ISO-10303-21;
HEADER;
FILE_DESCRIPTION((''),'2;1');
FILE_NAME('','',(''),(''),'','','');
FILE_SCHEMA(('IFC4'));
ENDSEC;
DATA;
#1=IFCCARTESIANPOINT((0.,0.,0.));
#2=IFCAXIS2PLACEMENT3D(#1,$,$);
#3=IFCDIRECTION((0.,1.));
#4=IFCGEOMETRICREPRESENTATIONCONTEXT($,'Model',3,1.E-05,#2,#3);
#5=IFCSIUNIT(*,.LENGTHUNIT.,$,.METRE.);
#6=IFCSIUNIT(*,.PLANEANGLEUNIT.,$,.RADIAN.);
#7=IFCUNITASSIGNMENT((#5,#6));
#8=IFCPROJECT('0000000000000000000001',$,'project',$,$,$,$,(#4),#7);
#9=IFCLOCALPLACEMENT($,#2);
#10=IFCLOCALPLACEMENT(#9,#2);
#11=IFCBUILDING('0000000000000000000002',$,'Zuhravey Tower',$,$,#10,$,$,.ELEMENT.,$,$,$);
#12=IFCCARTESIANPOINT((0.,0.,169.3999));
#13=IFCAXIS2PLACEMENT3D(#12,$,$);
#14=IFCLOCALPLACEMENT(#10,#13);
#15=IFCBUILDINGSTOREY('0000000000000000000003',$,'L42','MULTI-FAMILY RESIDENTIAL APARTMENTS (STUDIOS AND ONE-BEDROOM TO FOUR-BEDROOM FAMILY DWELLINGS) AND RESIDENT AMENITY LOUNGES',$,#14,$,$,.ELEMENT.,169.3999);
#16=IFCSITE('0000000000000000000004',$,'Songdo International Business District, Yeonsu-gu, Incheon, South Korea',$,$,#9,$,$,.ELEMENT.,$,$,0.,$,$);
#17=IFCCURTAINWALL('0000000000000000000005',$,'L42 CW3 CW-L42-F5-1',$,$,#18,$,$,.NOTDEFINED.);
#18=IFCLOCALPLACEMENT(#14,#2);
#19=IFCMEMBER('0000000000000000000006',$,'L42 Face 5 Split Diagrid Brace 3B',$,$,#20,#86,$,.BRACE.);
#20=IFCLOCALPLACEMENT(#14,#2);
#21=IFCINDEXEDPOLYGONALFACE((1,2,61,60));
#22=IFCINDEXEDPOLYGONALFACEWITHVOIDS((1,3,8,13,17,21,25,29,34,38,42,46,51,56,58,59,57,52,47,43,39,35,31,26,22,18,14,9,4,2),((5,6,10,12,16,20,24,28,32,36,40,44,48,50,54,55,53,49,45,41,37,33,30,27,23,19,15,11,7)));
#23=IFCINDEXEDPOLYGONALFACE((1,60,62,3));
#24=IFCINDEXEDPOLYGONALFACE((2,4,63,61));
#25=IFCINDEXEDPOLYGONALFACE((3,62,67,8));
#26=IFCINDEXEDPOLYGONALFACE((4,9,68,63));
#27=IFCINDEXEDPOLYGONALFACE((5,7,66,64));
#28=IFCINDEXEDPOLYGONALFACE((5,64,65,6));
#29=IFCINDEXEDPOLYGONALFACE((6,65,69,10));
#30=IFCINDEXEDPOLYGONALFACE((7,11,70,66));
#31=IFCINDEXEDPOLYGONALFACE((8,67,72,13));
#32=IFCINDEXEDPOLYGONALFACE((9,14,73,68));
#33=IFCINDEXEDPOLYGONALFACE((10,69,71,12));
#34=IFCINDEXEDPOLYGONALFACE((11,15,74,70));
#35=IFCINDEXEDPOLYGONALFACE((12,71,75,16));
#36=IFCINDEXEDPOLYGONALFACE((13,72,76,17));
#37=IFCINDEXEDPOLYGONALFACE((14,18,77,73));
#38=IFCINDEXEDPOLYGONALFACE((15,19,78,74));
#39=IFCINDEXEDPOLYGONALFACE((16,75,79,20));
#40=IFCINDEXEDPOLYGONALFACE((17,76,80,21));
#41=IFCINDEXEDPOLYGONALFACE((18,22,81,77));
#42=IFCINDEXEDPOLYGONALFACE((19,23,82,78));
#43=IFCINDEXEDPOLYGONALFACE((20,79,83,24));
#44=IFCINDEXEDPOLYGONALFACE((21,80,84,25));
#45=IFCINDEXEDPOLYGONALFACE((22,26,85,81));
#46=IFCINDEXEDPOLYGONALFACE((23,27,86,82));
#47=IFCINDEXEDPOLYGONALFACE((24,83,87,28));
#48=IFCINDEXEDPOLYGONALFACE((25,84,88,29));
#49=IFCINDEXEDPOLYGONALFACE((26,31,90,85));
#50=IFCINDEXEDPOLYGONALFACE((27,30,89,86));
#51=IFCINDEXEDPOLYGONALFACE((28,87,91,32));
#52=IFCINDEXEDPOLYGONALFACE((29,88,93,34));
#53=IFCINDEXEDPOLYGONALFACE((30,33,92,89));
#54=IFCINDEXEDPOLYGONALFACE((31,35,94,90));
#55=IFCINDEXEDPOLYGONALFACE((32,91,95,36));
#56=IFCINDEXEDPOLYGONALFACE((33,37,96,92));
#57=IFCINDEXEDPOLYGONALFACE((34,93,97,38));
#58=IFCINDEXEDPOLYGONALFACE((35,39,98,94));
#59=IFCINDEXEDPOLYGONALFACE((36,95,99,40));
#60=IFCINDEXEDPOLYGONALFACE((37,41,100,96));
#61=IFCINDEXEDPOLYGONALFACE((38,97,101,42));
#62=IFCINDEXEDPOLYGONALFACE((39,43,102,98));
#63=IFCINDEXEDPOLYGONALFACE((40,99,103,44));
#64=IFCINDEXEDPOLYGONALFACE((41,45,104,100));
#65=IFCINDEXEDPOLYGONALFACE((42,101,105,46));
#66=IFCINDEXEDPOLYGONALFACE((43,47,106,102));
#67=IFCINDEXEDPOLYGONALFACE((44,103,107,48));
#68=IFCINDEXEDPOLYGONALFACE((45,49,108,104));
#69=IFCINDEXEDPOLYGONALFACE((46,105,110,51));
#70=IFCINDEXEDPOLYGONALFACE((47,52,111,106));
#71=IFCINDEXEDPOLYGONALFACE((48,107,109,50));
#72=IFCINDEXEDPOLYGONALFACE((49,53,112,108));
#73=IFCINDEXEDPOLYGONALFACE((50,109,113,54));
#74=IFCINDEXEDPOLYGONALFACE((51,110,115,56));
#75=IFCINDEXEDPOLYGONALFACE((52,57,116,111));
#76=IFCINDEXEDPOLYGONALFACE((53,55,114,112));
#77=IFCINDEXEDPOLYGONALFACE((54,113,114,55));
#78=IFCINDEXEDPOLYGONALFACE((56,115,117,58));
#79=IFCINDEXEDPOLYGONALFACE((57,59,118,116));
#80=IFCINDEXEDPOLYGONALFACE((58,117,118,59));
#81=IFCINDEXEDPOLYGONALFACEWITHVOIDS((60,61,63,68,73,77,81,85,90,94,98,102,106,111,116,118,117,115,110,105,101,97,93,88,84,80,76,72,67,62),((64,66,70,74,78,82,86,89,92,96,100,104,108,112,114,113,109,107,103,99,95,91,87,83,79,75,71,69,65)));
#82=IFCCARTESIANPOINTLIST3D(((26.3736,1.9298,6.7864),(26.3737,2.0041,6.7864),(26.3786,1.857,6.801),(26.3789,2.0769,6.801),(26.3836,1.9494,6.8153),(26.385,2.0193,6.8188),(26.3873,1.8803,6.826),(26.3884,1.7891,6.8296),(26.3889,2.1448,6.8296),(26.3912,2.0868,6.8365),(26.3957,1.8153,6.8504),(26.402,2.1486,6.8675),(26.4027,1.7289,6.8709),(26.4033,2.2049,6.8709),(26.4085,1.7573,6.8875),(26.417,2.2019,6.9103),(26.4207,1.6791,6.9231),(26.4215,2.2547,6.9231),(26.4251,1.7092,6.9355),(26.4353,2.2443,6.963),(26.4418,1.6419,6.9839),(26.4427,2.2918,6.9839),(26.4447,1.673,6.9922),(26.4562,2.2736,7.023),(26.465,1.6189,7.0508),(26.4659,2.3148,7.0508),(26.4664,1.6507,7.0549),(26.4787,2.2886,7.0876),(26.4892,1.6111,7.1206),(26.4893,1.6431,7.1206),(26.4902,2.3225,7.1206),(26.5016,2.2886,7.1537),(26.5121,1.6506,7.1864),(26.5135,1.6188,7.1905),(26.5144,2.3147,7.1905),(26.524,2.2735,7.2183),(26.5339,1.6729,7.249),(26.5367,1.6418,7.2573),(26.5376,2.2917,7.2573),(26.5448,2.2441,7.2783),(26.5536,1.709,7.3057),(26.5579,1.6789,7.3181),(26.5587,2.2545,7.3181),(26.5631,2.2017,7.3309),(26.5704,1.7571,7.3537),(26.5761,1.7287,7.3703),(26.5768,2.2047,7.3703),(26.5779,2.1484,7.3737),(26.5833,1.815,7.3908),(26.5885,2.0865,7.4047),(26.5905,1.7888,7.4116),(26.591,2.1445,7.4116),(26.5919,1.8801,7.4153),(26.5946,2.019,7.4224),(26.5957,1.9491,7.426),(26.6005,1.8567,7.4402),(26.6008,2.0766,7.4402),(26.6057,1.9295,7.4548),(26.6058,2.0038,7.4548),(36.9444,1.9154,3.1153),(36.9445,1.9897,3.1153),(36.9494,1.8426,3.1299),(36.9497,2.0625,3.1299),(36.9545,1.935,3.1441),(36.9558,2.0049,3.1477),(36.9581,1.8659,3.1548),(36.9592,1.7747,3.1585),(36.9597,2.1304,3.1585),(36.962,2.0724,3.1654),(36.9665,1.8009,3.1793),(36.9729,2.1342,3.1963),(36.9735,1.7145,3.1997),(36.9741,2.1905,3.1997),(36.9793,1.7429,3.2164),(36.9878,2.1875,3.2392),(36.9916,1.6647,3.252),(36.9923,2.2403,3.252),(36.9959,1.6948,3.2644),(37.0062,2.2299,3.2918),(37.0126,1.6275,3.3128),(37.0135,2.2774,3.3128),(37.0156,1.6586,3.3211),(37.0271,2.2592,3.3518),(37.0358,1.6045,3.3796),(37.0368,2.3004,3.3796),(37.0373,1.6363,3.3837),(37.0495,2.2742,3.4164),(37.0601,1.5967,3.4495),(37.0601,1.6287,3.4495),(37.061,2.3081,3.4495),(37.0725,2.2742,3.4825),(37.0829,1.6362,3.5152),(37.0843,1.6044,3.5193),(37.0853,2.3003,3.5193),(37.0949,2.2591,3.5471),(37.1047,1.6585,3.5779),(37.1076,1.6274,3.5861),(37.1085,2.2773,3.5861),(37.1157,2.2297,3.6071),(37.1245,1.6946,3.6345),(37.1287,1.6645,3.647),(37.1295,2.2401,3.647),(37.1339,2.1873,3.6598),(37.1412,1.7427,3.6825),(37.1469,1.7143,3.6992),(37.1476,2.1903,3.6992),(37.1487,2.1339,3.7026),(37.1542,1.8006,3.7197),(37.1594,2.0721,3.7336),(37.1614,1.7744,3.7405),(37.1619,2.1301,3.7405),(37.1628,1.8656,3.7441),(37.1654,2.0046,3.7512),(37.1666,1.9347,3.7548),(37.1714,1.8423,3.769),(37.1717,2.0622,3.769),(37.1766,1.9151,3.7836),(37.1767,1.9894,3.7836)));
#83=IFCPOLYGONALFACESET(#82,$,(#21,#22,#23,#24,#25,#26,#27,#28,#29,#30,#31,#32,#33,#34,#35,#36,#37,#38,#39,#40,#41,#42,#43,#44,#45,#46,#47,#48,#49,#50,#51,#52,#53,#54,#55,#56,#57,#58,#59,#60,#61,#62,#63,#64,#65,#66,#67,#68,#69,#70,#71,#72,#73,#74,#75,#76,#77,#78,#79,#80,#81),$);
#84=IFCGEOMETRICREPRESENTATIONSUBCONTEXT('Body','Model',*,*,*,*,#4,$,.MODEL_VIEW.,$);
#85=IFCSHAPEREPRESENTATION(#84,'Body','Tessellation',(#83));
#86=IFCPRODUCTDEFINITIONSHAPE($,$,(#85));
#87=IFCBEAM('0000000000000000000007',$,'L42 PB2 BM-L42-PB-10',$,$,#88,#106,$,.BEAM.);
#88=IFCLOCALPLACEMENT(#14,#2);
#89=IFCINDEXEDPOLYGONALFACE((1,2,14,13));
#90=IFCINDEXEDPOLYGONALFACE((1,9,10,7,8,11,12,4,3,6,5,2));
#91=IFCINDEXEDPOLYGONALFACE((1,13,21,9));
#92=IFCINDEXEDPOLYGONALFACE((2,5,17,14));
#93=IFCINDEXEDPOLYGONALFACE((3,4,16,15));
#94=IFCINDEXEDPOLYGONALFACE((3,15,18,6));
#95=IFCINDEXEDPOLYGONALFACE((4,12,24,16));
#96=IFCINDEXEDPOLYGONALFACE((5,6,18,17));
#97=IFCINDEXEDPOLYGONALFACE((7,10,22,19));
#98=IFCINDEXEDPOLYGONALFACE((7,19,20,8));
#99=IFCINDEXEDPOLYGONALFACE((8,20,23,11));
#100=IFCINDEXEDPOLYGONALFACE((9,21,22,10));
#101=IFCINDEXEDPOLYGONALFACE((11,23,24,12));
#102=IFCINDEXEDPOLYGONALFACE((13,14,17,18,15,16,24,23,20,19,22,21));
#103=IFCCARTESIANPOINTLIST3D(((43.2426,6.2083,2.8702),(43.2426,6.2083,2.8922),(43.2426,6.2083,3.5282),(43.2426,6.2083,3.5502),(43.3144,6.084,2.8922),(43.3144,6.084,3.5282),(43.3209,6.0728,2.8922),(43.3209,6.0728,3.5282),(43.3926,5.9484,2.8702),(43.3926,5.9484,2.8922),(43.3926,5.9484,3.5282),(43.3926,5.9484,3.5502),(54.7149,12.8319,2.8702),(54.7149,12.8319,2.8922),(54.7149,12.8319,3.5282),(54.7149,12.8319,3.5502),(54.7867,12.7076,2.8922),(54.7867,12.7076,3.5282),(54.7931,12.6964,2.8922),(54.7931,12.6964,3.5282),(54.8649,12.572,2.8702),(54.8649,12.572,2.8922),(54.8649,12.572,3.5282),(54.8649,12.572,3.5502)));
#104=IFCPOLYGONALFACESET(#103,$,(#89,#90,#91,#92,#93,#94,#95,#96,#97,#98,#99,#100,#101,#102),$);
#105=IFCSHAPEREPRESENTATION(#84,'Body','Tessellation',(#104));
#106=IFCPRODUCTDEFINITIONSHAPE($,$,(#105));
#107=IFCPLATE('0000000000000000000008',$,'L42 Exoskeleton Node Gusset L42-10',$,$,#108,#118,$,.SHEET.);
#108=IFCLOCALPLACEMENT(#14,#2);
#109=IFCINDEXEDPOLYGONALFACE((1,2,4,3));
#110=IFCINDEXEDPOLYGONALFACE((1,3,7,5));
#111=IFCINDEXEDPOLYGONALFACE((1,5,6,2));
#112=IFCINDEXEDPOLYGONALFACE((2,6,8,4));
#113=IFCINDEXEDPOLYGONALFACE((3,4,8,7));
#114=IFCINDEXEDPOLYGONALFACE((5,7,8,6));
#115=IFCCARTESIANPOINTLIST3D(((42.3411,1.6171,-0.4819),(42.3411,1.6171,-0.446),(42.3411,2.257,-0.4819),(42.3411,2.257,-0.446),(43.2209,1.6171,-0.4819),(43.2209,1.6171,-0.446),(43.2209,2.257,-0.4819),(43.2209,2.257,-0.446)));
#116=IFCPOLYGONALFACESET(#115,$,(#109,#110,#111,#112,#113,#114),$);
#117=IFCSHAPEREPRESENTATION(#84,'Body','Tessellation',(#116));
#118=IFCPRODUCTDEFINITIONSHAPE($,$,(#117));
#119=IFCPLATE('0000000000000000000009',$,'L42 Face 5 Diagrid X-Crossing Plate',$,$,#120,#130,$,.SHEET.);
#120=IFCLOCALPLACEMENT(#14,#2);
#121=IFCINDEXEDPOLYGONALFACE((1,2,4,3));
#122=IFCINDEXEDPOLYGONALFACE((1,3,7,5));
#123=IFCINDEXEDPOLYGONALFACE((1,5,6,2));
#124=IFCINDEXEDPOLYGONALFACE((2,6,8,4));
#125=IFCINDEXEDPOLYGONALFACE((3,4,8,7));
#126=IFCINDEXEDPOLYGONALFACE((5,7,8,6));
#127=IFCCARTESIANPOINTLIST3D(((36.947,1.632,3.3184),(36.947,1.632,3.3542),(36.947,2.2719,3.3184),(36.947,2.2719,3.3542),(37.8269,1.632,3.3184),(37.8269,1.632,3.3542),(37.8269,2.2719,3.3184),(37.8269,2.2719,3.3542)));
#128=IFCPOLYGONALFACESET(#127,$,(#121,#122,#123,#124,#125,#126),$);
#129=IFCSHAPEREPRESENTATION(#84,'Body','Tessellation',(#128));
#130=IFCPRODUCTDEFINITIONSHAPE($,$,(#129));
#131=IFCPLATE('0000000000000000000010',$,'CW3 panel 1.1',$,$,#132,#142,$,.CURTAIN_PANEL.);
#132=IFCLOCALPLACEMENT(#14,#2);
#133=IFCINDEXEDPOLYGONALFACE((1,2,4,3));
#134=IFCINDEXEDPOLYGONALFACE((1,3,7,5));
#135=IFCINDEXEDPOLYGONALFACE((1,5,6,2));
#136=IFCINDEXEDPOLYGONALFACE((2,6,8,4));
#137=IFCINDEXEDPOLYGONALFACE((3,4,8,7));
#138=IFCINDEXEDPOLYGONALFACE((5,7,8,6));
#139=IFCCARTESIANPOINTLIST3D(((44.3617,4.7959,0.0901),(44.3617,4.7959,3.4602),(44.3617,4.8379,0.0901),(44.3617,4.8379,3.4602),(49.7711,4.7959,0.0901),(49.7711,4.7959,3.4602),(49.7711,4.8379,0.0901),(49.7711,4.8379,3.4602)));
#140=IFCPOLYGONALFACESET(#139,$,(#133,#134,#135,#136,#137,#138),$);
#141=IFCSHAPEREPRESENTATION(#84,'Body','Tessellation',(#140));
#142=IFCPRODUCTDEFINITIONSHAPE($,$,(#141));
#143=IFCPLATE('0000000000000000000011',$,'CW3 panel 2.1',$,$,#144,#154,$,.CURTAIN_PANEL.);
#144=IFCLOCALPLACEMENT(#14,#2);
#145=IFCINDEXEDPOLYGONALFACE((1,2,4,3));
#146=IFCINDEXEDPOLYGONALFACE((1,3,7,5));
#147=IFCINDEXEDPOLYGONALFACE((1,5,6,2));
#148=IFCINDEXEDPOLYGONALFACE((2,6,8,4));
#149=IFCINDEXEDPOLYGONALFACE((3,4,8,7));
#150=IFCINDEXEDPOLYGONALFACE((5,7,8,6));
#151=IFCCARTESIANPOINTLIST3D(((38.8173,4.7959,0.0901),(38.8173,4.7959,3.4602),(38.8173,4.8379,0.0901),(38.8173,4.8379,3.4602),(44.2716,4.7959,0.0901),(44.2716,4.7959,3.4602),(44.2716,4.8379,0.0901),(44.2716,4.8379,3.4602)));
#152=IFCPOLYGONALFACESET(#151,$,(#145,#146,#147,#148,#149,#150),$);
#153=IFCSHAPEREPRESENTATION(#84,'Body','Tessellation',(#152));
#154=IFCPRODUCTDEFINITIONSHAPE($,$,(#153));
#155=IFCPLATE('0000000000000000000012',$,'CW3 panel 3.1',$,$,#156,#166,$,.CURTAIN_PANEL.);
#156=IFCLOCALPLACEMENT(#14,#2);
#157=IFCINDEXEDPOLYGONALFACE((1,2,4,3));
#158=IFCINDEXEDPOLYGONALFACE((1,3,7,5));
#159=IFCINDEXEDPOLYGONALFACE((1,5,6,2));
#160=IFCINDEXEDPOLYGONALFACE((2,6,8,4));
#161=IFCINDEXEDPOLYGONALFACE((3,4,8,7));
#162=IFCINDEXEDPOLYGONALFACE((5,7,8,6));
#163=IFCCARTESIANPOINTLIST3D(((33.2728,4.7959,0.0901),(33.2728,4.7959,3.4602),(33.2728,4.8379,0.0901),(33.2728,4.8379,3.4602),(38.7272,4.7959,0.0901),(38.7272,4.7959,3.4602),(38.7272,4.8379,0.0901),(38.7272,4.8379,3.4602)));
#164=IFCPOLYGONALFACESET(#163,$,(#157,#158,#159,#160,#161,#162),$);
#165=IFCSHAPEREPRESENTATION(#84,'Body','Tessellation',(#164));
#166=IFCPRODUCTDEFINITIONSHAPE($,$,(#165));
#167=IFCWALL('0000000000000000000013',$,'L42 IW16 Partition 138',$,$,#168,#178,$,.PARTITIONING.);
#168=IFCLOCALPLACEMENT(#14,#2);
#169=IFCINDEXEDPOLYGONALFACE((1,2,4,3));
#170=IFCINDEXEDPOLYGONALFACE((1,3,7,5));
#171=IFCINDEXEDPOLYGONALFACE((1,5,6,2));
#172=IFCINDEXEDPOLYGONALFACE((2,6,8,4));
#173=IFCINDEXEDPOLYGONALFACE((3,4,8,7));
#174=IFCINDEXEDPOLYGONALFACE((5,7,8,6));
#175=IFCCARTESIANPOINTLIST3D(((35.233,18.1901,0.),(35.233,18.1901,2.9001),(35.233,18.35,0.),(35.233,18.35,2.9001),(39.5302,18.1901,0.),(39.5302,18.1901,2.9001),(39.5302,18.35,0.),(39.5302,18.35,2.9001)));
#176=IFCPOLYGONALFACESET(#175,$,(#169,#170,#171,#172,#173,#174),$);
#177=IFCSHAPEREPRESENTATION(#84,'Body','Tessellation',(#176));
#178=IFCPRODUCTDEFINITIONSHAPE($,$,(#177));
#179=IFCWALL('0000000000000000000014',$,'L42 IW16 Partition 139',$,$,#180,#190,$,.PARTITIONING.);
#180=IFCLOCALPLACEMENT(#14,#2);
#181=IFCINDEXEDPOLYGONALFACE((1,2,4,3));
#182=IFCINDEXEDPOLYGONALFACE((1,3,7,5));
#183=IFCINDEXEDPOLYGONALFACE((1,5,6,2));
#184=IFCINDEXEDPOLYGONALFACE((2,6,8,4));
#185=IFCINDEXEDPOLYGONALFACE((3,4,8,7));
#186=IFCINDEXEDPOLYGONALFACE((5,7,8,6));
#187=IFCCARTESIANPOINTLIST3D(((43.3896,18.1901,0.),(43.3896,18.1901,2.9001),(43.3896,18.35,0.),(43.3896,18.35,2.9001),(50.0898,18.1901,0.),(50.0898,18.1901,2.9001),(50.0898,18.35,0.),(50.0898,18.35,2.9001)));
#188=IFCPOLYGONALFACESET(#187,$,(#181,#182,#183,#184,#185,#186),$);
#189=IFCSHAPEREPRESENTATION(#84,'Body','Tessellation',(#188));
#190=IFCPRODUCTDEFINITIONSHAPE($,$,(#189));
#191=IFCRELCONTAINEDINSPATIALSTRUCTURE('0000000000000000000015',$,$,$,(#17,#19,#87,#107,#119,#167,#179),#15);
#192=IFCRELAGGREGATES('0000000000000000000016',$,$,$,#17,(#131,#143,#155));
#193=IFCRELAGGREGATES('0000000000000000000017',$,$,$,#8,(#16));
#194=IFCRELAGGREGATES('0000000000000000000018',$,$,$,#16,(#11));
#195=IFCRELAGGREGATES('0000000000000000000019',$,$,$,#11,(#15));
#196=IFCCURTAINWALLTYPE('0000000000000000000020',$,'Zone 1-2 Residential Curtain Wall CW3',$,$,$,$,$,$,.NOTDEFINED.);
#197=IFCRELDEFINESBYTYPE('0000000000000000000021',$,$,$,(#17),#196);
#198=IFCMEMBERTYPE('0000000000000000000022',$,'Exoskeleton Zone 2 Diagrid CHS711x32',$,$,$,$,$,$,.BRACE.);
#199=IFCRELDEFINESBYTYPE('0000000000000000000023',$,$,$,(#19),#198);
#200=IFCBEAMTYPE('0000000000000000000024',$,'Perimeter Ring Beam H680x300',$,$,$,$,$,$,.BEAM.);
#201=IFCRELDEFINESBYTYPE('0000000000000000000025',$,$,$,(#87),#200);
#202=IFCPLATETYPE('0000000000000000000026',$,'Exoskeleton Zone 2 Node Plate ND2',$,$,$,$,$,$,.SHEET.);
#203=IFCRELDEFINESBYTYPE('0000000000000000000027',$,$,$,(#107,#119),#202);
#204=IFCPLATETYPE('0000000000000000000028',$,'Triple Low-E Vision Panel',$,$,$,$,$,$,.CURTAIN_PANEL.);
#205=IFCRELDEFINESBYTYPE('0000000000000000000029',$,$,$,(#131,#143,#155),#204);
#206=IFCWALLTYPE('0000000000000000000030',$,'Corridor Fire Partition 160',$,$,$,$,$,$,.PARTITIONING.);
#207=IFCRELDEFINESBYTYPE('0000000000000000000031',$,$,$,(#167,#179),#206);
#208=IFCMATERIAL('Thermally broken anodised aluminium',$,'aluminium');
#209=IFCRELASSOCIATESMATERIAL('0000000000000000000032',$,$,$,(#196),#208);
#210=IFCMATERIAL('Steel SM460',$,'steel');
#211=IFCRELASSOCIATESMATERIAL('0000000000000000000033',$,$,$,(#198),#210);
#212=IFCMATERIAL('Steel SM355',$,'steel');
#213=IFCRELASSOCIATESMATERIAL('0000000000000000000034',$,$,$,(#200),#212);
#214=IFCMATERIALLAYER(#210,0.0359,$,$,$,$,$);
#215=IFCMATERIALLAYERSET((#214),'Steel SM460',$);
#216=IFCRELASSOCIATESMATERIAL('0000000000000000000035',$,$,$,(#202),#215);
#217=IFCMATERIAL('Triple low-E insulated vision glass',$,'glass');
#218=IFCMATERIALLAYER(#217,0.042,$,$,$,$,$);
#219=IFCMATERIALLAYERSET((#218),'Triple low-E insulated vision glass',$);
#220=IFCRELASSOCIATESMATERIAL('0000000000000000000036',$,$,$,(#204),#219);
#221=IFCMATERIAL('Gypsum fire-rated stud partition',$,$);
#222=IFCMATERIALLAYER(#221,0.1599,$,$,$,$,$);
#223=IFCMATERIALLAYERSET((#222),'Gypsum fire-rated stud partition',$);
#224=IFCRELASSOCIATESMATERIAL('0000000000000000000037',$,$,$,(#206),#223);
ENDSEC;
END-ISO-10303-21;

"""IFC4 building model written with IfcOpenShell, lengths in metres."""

from ifc_helpers import new_model, si_unit, direction, frame, frame_2d, origin, origin_2d, place, context, subcontext, project, spatial, rectangle, hollow_circle, i_section, extrude, material, layer, layer_set, material_profile, profile_set, type_object, element, aggregate, save


model = new_model("IFC4")

# Units and contexts
model_context = context("Model", 3, precision=1e-05, world=origin(), true_north=direction((0.0, 1.0)))
body_context = subcontext(model_context, "Body", "Model", "MODEL_VIEW")
ifc_project = project(units=[si_unit("LENGTHUNIT", "METRE"), si_unit("PLANEANGLEUNIT", "RADIAN")], contexts=[model_context])

# Site, building, storey
site_placement = place(None, origin())
site = spatial("IfcSite", under=ifc_project, at=site_placement, Name="Songdo International Business District, Yeonsu-gu, Incheon, South Korea", CompositionType="ELEMENT", RefElevation=0.0)
building_placement = place(site_placement, origin())
building = spatial("IfcBuilding", under=site, at=building_placement, Name="Zuhravey Tower", CompositionType="ELEMENT")
storey_placement = place(building_placement, frame((0.0, 0.0, 169.3999)))
storey = spatial("IfcBuildingStorey", under=building, at=storey_placement, Name="L42", Description="MULTI-FAMILY RESIDENTIAL APARTMENTS (STUDIOS AND ONE-BEDROOM TO FOUR-BEDROOM FAMILY DWELLINGS) AND RESIDENT AMENITY LOUNGES", CompositionType="ELEMENT", Elevation=169.3999)

# Curtain wall
ifc_material_1 = material(Name="Thermally broken anodised aluminium", Category="aluminium")
curtain_wall_type = type_object("IfcCurtainWallType", Name="Zone 1-2 Residential Curtain Wall CW3", PredefinedType="NOTDEFINED", material=ifc_material_1)
curtain_wall_placement = place(storey_placement, origin())
curtain_wall = element("IfcCurtainWall", 1, at=curtain_wall_placement, inside=storey, type_object=curtain_wall_type, Name="L42 CW3 CW-L42-F5-1", PredefinedType="NOTDEFINED")

# Member
ifc_material_2 = material(Name="Steel SM460", Category="steel")
ifc_material_profile_1 = material_profile(ifc_material_2, hollow_circle(Radius=0.3557, WallThickness=0.032, at=origin_2d()), Name="CHS-711.2x32")
ifc_profile_set_1 = profile_set([ifc_material_profile_1], Name="Steel SM460")
member_type_1 = type_object("IfcMemberType", Name="Exoskeleton Zone 2 Diagrid CHS711x32", PredefinedType="BRACE", material=ifc_profile_set_1)
member_1_placement = place(storey_placement, frame((37.0605, 1.9524, 3.4495), z_axis=(-0.944653, 0.001287, 0.328069), x_axis=(-0.001363, -0.999999, 0.0)))
element("IfcMember", 2, at=member_1_placement, inside=storey, type_object=member_type_1, Name="L42 Face 5 Split Diagrid Brace 3B", PredefinedType="BRACE", context=body_context, shape_type="SweptSolid", body=[
    extrude(hollow_circle(Radius=0.3557, WallThickness=0.032, at=origin_2d()), origin(), (0.0, 0.0, 1.0), 11.1902),
])

# Beam
ifc_material_3 = material(Name="Steel SM355", Category="steel")
ifc_material_profile_2 = material_profile(ifc_material_3, i_section(OverallWidth=0.3, OverallDepth=0.6799, WebThickness=0.0129, FlangeThickness=0.022, at=origin_2d()), Name="H-680x300x13x22")
ifc_profile_set_2 = profile_set([ifc_material_profile_2], Name="Steel SM355")
beam_type = type_object("IfcBeamType", Name="Perimeter Ring Beam H680x300", PredefinedType="BEAM", material=ifc_profile_set_2)
beam_placement = place(storey_placement, frame((43.3176, 6.0784, 3.2102), z_axis=(0.866023, 0.500004, 0.0), x_axis=(-0.500004, 0.866023, 0.0)))
element("IfcBeam", 3, at=beam_placement, inside=storey, type_object=beam_type, Name="L42 PB2 BM-L42-PB-10", PredefinedType="BEAM", context=body_context, shape_type="SweptSolid", body=[
    extrude(i_section(OverallWidth=0.3, OverallDepth=0.6799, WebThickness=0.0129, FlangeThickness=0.022, at=origin_2d()), origin(), (0.0, 0.0, 1.0), 13.2471),
])

# Plates
ifc_layer_1 = layer(ifc_material_2, 0.0359)
ifc_layer_set_1 = layer_set([ifc_layer_1], Name="Steel SM460")
plate_type_1 = type_object("IfcPlateType", Name="Exoskeleton Zone 2 Node Plate ND2", PredefinedType="SHEET", material=ifc_layer_set_1)
for number, where, z_axis, x_axis, name in (
    (4, (42.781, 1.937, -0.4819), (0.0, 0.0, 1.0), (1.0, 0.0, 0.0), "L42 Exoskeleton Node Gusset L42-10"),
    (5, (37.387, 1.9519, 3.3184), (0.0, 0.0, 1.0), (1.0, 0.0, 0.0), "L42 Face 5 Diagrid X-Crossing Plate"),
):
    element("IfcPlate", number, at=place(storey_placement, frame(where, z_axis=z_axis, x_axis=x_axis)), inside=storey, type_object=plate_type_1, Name=name, PredefinedType="SHEET", context=body_context, shape_type="SweptSolid", body=[
        extrude(rectangle(XDim=0.8799, YDim=0.6399, at=origin_2d()), origin(), (0.0, 0.0, 1.0), 0.0359),
    ])

# Plates
ifc_material_4 = material(Name="Triple low-E insulated vision glass", Category="glass")
ifc_layer_2 = layer(ifc_material_4, 0.042)
ifc_layer_set_2 = layer_set([ifc_layer_2], Name="Triple low-E insulated vision glass")
plate_type_2 = type_object("IfcPlateType", Name="Triple Low-E Vision Panel", PredefinedType="CURTAIN_PANEL", material=ifc_layer_set_2)
plate_1_placement = place(storey_placement, frame((47.0664, 4.8169, 0.0901), z_axis=(0.0, 0.0, 1.0), x_axis=(-1.0, 0.0, 0.0)))
plate_1 = element("IfcPlate", 6, at=plate_1_placement, type_object=plate_type_2, Name="CW3 panel 1.1", PredefinedType="CURTAIN_PANEL", context=body_context, shape_type="SweptSolid", body=[
    extrude(rectangle(XDim=5.4094, YDim=0.042, at=origin_2d()), origin(), (0.0, 0.0, 1.0), 3.3701),
])
plate_2_placement = place(storey_placement, frame((41.5444, 4.8169, 0.0901), z_axis=(0.0, 0.0, 1.0), x_axis=(-1.0, 0.0, 0.0)))
plate_2 = element("IfcPlate", 7, at=plate_2_placement, type_object=plate_type_2, Name="CW3 panel 2.1", PredefinedType="CURTAIN_PANEL", context=body_context, shape_type="SweptSolid", body=[
    extrude(rectangle(XDim=5.4543, YDim=0.042, at=origin_2d()), origin(), (0.0, 0.0, 1.0), 3.3701),
])
plate_3_placement = place(storey_placement, frame((36.0, 4.8169, 0.0901), z_axis=(0.0, 0.0, 1.0), x_axis=(-1.0, 0.0, 0.0)))
plate_3 = element("IfcPlate", 8, at=plate_3_placement, type_object=plate_type_2, Name="CW3 panel 3.1", PredefinedType="CURTAIN_PANEL", context=body_context, shape_type="SweptSolid", body=[
    extrude(rectangle(XDim=5.4543, YDim=0.042, at=origin_2d()), origin(), (0.0, 0.0, 1.0), 3.3701),
])
aggregate(curtain_wall, [plate_1, plate_2, plate_3])

# Shared definitions
ifc_material_5 = material(Name="Gypsum fire-rated stud partition")
ifc_layer_3 = layer(ifc_material_5, 0.1599)
ifc_layer_set_3 = layer_set([ifc_layer_3], Name="Gypsum fire-rated stud partition")
wall_type_1 = type_object("IfcWallType", Name="Corridor Fire Partition 160", PredefinedType="PARTITIONING", material=ifc_layer_set_3)

# Walls
wall_1_placement = place(storey_placement, frame((35.2332, 18.27, 0.0), z_axis=(0.0, 0.0, 1.0), x_axis=(1.0, 0.0, 0.0)))
element("IfcWall", 9, at=wall_1_placement, inside=storey, type_object=wall_type_1, Name="L42 IW16 Partition 138", PredefinedType="PARTITIONING", context=body_context, shape_type="SweptSolid", body=[
    extrude(rectangle(XDim=4.2971, YDim=0.1599, at=frame_2d((2.1484, 0.0))), origin(), (0.0, 0.0, 1.0), 2.9001),
])
wall_2_placement = place(storey_placement, frame((43.3896, 18.27, 0.0), z_axis=(0.0, 0.0, 1.0), x_axis=(1.0, 0.0, 0.0)))
element("IfcWall", 10, at=wall_2_placement, inside=storey, type_object=wall_type_1, Name="L42 IW16 Partition 139", PredefinedType="PARTITIONING", context=body_context, shape_type="SweptSolid", body=[
    extrude(rectangle(XDim=6.7002, YDim=0.1599, at=frame_2d((3.3501, 0.0))), origin(), (0.0, 0.0, 1.0), 2.9001),
])

save(model, "model.ifc")
